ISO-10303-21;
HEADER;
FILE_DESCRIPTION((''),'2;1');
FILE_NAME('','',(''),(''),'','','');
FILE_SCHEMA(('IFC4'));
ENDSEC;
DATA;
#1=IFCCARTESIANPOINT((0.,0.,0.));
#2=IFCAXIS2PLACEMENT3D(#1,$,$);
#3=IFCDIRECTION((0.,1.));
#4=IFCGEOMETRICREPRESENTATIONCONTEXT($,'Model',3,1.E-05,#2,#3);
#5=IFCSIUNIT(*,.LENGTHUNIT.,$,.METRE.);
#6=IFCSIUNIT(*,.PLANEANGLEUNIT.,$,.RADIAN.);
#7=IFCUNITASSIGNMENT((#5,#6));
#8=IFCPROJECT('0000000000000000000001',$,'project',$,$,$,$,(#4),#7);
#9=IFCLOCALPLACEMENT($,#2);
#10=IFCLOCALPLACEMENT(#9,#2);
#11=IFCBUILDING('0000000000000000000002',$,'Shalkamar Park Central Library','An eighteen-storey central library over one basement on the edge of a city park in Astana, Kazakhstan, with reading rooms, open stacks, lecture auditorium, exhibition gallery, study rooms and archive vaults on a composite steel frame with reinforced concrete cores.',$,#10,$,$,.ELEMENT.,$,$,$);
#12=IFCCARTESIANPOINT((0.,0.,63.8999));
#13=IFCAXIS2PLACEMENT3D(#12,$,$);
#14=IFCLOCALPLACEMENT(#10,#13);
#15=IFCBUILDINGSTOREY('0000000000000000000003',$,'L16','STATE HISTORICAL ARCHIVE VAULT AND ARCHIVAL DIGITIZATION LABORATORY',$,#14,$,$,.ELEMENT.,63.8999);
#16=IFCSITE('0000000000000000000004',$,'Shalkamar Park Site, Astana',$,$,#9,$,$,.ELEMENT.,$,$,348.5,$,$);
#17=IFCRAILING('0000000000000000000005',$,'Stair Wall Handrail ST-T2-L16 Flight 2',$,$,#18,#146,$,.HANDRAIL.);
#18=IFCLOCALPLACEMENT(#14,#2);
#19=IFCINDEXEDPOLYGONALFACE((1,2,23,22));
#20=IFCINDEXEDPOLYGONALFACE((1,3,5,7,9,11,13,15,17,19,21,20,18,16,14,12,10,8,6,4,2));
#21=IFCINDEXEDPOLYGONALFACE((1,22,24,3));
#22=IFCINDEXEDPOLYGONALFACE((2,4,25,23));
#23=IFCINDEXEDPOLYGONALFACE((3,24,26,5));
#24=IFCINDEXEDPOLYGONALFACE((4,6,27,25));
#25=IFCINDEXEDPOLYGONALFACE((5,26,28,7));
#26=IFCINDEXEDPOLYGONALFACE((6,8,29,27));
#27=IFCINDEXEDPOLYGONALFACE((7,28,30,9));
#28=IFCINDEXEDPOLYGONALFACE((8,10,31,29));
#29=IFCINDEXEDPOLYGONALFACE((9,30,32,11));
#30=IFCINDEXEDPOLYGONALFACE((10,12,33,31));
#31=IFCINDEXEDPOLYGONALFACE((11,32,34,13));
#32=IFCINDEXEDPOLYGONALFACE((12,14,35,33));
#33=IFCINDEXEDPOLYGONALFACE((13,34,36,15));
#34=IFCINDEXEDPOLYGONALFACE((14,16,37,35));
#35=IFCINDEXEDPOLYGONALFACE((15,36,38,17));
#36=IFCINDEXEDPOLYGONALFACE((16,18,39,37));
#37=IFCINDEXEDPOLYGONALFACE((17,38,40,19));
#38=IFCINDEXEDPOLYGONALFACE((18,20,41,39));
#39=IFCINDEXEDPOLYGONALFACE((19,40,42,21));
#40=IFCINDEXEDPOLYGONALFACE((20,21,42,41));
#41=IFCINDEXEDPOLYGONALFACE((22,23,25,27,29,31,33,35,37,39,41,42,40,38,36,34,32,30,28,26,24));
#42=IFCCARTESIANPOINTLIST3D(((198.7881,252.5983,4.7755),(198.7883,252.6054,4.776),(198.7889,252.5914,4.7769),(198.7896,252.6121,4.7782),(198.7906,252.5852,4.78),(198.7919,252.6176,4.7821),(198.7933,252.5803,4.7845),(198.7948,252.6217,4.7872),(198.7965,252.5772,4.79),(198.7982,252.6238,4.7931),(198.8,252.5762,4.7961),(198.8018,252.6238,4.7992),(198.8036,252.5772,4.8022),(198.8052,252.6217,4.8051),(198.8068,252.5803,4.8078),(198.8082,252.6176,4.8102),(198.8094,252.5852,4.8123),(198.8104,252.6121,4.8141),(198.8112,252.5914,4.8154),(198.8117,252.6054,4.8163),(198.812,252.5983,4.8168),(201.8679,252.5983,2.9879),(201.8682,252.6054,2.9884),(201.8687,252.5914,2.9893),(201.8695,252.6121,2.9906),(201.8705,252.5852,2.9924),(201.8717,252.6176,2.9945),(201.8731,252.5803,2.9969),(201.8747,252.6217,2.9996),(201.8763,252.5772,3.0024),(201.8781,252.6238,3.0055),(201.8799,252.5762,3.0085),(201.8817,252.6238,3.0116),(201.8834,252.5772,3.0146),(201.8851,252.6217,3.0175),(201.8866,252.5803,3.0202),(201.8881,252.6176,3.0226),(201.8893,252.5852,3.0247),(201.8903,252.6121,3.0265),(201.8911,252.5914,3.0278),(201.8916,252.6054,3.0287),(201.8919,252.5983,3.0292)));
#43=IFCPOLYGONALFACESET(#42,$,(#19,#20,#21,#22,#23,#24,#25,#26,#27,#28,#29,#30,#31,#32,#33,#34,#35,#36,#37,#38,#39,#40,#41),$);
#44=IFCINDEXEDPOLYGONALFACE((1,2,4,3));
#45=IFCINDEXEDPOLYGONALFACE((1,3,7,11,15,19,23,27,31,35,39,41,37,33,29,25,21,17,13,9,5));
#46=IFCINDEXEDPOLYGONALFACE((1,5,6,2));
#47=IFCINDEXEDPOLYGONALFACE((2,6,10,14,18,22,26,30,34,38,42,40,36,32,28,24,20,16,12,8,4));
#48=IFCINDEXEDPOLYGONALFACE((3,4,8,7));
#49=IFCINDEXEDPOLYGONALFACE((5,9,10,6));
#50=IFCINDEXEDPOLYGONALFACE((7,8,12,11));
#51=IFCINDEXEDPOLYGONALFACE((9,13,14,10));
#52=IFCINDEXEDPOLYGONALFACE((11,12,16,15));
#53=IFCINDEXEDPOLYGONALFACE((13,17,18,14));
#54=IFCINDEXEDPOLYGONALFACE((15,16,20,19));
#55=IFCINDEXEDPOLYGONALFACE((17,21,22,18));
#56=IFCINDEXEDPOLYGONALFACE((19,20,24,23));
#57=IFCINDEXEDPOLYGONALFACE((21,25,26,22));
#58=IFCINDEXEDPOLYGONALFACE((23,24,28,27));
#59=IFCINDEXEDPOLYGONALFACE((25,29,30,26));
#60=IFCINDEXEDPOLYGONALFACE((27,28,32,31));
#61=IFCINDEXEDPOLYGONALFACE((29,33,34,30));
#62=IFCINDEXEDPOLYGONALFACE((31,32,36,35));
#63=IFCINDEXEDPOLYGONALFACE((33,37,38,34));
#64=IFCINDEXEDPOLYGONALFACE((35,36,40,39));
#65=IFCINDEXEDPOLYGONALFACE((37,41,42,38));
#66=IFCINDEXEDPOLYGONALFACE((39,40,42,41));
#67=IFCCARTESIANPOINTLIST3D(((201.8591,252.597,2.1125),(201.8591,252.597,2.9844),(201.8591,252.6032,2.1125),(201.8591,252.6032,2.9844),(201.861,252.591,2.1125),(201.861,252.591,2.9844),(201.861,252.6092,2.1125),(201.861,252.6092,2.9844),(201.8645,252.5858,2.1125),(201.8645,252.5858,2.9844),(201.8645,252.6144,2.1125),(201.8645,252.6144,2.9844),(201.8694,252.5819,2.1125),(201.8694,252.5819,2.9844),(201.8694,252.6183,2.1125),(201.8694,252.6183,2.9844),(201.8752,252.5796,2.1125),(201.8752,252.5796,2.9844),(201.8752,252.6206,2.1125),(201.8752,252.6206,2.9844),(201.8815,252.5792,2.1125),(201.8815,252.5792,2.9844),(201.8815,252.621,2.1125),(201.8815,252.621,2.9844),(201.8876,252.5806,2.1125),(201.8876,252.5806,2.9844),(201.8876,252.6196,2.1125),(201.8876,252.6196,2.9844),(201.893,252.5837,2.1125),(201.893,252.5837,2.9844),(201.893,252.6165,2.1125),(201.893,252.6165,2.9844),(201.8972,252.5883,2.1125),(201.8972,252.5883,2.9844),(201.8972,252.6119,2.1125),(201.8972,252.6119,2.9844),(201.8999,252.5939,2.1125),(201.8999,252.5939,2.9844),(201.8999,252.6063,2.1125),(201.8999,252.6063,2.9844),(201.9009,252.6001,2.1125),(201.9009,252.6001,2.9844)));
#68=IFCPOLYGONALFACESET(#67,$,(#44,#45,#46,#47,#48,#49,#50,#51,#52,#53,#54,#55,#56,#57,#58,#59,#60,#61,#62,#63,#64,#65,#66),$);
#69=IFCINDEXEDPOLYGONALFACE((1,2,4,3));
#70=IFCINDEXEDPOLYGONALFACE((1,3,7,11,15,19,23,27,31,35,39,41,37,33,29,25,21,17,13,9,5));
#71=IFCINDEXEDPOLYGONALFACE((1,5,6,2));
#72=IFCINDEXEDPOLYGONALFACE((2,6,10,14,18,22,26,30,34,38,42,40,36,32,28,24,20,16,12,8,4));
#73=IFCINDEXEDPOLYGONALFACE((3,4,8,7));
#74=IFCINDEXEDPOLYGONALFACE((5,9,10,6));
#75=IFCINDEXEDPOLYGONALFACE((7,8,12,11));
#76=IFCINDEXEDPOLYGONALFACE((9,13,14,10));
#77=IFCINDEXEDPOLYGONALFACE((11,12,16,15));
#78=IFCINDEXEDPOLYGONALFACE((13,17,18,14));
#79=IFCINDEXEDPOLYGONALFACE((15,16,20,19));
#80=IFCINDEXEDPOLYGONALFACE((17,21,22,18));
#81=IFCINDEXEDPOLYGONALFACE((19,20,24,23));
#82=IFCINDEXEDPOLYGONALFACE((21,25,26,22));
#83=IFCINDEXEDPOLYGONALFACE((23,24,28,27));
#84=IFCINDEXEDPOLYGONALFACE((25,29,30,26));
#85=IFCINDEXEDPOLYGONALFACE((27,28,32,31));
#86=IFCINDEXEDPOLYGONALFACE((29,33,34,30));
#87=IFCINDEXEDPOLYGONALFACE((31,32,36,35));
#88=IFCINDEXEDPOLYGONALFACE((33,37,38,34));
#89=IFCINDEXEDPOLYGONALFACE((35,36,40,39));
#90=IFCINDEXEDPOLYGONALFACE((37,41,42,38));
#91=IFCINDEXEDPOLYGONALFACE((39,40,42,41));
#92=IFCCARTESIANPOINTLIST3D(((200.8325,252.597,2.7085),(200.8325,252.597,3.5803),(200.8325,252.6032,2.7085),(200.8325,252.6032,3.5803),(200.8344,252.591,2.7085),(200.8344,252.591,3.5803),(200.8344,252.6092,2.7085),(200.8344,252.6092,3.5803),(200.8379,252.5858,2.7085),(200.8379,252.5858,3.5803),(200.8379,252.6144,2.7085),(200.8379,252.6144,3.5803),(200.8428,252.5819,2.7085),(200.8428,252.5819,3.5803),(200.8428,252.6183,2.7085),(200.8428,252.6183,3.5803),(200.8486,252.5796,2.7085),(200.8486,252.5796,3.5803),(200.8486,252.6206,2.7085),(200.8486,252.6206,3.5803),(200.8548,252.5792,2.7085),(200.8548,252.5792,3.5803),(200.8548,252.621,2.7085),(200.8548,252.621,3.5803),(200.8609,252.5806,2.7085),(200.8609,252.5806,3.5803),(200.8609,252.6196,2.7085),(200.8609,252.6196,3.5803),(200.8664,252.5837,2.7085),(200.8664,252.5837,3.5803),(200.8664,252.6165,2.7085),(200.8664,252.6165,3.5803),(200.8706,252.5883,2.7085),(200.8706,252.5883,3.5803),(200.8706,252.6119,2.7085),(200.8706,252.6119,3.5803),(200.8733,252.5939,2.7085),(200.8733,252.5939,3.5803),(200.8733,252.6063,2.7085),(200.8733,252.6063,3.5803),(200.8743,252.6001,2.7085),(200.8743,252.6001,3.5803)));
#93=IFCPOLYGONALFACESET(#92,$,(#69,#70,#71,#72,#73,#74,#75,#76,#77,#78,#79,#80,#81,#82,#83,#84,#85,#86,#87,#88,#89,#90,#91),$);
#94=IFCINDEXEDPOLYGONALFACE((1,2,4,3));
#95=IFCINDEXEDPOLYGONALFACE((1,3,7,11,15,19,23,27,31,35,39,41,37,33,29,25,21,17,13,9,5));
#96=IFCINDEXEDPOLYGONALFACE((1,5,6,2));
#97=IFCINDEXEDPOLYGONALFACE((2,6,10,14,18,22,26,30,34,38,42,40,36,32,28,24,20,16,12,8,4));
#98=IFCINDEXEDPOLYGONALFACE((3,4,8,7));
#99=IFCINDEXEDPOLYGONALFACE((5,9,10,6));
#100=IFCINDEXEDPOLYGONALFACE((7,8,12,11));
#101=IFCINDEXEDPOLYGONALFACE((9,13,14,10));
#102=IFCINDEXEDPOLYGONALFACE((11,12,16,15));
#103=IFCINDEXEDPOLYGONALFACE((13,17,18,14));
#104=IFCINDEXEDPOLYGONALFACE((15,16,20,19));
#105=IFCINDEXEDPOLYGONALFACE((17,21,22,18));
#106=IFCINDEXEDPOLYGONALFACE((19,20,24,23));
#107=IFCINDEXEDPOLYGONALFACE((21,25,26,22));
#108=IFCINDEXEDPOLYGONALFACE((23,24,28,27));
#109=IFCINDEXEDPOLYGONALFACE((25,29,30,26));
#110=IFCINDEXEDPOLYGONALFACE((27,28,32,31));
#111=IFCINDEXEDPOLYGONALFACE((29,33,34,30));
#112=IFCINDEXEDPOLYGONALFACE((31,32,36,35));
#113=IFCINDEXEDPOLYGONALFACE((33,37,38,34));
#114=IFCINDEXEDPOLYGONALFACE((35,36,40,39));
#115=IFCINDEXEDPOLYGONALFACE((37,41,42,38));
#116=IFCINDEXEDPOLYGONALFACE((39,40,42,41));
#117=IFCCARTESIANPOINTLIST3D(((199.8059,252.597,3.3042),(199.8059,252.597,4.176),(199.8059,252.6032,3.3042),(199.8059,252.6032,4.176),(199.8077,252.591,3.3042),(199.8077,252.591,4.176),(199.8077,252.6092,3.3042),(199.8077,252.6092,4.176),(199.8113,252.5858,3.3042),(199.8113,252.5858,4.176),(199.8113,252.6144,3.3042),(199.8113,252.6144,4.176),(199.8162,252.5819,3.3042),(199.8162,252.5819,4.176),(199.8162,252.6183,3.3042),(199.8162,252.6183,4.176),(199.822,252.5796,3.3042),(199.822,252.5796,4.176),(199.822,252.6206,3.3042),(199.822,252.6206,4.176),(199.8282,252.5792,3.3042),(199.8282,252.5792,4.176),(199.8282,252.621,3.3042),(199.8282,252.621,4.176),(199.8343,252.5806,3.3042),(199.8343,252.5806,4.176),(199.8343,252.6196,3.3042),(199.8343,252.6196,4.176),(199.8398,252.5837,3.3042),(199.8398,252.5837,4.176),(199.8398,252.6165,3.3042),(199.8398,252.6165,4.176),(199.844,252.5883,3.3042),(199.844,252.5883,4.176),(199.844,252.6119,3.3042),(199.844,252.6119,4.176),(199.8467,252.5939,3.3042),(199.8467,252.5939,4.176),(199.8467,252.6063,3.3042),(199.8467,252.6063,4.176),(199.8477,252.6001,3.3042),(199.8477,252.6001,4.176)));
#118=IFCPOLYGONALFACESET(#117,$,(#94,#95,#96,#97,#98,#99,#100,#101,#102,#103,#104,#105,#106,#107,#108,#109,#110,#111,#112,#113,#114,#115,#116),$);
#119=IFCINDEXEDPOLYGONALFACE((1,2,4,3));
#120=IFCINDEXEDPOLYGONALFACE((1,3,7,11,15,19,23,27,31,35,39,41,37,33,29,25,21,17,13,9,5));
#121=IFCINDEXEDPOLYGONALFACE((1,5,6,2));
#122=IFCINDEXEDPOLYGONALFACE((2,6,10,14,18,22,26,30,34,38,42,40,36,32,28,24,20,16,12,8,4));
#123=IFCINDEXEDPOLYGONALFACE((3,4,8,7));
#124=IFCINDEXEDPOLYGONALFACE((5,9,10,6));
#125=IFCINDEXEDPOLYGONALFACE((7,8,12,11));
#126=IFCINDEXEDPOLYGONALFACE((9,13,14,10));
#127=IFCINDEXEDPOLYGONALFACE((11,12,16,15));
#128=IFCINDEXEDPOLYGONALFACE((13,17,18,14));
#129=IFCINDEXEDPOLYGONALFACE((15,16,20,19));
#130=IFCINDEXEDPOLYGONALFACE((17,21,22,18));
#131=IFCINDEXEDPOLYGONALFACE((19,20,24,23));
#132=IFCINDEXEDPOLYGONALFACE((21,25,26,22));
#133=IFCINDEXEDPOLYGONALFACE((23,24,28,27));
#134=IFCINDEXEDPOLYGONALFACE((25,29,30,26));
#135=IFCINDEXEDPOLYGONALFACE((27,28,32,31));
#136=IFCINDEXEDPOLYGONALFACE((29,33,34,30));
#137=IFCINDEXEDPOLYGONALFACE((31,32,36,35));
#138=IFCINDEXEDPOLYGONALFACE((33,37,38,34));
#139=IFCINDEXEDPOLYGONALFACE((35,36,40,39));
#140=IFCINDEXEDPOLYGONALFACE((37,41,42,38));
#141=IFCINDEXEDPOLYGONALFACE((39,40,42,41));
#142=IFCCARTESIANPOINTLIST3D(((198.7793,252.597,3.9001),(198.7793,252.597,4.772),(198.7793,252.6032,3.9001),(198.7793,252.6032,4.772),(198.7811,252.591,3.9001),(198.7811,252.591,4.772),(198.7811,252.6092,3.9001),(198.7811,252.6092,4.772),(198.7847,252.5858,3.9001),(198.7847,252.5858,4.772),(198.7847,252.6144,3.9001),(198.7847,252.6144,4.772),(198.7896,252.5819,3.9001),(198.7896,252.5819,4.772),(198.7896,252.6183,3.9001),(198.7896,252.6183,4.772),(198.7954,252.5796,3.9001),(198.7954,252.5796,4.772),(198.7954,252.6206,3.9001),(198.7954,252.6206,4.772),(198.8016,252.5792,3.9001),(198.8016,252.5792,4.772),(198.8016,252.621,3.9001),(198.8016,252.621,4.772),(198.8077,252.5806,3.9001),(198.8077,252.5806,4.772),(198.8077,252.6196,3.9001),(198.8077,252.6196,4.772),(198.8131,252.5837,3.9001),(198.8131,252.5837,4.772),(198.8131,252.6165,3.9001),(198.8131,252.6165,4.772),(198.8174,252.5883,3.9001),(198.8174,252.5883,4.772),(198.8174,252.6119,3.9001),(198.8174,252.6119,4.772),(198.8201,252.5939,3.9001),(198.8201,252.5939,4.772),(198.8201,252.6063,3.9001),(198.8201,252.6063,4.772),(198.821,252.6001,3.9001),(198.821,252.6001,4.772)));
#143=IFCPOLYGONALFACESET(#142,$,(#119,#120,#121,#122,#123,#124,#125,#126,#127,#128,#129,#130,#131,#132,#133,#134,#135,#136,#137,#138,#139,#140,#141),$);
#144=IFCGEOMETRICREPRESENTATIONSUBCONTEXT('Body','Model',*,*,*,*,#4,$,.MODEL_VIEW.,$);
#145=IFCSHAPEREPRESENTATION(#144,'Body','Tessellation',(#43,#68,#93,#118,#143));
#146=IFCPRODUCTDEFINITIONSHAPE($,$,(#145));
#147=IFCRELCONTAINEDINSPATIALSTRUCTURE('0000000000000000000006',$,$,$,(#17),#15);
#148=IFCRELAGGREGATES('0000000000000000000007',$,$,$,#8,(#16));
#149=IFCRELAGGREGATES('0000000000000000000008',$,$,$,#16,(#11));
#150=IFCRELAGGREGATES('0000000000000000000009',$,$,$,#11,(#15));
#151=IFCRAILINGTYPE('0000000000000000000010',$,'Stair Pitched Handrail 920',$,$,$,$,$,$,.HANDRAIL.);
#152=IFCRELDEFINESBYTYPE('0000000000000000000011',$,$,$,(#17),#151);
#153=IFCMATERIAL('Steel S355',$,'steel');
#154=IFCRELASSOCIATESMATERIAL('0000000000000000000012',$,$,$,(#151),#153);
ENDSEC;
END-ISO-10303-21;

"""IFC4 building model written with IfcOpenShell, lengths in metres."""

from ifc_helpers import new_model, si_unit, direction, frame, origin, origin_2d, place, context, subcontext, project, spatial, circle, extrude, material, type_object, element, save


model = new_model("IFC4")

# Units and contexts
model_context = context("Model", 3, precision=1e-05, world=origin(), true_north=direction((0.0, 1.0)))
body_context = subcontext(model_context, "Body", "Model", "MODEL_VIEW")
ifc_project = project(units=[si_unit("LENGTHUNIT", "METRE"), si_unit("PLANEANGLEUNIT", "RADIAN")], contexts=[model_context])

# Site, building, storey
site_placement = place(None, origin())
site = spatial("IfcSite", under=ifc_project, at=site_placement, Name="Shalkamar Park Site, Astana", CompositionType="ELEMENT", RefElevation=348.5)
building_placement = place(site_placement, origin())
building = spatial("IfcBuilding", under=site, at=building_placement, Name="Shalkamar Park Central Library", Description="An eighteen-storey central library over one basement on the edge of a city park in Astana, Kazakhstan, with reading rooms, open stacks, lecture auditorium, exhibition gallery, study rooms and archive vaults on a composite steel frame with reinforced concrete cores.", CompositionType="ELEMENT")
storey_placement = place(building_placement, frame((0.0, 0.0, 63.8999)))
storey = spatial("IfcBuildingStorey", under=building, at=storey_placement, Name="L16", Description="STATE HISTORICAL ARCHIVE VAULT AND ARCHIVAL DIGITIZATION LABORATORY", CompositionType="ELEMENT", Elevation=63.8999)

# Shared definitions
ifc_material_1 = material(Name="Steel S355", Category="steel")

# Railing
railing_type_1 = type_object("IfcRailingType", Name="Stair Pitched Handrail 920", PredefinedType="HANDRAIL", material=ifc_material_1)
railing_1_placement = place(storey_placement, frame((201.8799, 252.6001, 2.1125)))
element("IfcRailing", 1, at=railing_1_placement, inside=storey, type_object=railing_type_1, Name="Stair Wall Handrail ST-T2-L16 Flight 2", PredefinedType="HANDRAIL", context=body_context, shape_type="SweptSolid", body=[
    extrude(circle(Radius=0.0239, at=origin_2d()), frame((0.0, 0.0, 0.896), z_axis=(-0.864873, 0.0, 0.50199), x_axis=(0.0, -1.0, 0.0)), (0.0, 0.0, 1.0), 3.561),
    extrude(circle(Radius=0.021, at=origin_2d()), origin(), (0.0, 0.0, 1.0), 0.8718),
    extrude(circle(Radius=0.021, at=origin_2d()), frame((-1.0266, 0.0, 0.5959)), (0.0, 0.0, 1.0), 0.8718),
    extrude(circle(Radius=0.021, at=origin_2d()), frame((-2.0532, 0.0, 1.1917)), (0.0, 0.0, 1.0), 0.8718),
    extrude(circle(Radius=0.021, at=origin_2d()), frame((-3.0798, 0.0, 1.7876)), (0.0, 0.0, 1.0), 0.8718),
])

save(model, "model.ifc")
